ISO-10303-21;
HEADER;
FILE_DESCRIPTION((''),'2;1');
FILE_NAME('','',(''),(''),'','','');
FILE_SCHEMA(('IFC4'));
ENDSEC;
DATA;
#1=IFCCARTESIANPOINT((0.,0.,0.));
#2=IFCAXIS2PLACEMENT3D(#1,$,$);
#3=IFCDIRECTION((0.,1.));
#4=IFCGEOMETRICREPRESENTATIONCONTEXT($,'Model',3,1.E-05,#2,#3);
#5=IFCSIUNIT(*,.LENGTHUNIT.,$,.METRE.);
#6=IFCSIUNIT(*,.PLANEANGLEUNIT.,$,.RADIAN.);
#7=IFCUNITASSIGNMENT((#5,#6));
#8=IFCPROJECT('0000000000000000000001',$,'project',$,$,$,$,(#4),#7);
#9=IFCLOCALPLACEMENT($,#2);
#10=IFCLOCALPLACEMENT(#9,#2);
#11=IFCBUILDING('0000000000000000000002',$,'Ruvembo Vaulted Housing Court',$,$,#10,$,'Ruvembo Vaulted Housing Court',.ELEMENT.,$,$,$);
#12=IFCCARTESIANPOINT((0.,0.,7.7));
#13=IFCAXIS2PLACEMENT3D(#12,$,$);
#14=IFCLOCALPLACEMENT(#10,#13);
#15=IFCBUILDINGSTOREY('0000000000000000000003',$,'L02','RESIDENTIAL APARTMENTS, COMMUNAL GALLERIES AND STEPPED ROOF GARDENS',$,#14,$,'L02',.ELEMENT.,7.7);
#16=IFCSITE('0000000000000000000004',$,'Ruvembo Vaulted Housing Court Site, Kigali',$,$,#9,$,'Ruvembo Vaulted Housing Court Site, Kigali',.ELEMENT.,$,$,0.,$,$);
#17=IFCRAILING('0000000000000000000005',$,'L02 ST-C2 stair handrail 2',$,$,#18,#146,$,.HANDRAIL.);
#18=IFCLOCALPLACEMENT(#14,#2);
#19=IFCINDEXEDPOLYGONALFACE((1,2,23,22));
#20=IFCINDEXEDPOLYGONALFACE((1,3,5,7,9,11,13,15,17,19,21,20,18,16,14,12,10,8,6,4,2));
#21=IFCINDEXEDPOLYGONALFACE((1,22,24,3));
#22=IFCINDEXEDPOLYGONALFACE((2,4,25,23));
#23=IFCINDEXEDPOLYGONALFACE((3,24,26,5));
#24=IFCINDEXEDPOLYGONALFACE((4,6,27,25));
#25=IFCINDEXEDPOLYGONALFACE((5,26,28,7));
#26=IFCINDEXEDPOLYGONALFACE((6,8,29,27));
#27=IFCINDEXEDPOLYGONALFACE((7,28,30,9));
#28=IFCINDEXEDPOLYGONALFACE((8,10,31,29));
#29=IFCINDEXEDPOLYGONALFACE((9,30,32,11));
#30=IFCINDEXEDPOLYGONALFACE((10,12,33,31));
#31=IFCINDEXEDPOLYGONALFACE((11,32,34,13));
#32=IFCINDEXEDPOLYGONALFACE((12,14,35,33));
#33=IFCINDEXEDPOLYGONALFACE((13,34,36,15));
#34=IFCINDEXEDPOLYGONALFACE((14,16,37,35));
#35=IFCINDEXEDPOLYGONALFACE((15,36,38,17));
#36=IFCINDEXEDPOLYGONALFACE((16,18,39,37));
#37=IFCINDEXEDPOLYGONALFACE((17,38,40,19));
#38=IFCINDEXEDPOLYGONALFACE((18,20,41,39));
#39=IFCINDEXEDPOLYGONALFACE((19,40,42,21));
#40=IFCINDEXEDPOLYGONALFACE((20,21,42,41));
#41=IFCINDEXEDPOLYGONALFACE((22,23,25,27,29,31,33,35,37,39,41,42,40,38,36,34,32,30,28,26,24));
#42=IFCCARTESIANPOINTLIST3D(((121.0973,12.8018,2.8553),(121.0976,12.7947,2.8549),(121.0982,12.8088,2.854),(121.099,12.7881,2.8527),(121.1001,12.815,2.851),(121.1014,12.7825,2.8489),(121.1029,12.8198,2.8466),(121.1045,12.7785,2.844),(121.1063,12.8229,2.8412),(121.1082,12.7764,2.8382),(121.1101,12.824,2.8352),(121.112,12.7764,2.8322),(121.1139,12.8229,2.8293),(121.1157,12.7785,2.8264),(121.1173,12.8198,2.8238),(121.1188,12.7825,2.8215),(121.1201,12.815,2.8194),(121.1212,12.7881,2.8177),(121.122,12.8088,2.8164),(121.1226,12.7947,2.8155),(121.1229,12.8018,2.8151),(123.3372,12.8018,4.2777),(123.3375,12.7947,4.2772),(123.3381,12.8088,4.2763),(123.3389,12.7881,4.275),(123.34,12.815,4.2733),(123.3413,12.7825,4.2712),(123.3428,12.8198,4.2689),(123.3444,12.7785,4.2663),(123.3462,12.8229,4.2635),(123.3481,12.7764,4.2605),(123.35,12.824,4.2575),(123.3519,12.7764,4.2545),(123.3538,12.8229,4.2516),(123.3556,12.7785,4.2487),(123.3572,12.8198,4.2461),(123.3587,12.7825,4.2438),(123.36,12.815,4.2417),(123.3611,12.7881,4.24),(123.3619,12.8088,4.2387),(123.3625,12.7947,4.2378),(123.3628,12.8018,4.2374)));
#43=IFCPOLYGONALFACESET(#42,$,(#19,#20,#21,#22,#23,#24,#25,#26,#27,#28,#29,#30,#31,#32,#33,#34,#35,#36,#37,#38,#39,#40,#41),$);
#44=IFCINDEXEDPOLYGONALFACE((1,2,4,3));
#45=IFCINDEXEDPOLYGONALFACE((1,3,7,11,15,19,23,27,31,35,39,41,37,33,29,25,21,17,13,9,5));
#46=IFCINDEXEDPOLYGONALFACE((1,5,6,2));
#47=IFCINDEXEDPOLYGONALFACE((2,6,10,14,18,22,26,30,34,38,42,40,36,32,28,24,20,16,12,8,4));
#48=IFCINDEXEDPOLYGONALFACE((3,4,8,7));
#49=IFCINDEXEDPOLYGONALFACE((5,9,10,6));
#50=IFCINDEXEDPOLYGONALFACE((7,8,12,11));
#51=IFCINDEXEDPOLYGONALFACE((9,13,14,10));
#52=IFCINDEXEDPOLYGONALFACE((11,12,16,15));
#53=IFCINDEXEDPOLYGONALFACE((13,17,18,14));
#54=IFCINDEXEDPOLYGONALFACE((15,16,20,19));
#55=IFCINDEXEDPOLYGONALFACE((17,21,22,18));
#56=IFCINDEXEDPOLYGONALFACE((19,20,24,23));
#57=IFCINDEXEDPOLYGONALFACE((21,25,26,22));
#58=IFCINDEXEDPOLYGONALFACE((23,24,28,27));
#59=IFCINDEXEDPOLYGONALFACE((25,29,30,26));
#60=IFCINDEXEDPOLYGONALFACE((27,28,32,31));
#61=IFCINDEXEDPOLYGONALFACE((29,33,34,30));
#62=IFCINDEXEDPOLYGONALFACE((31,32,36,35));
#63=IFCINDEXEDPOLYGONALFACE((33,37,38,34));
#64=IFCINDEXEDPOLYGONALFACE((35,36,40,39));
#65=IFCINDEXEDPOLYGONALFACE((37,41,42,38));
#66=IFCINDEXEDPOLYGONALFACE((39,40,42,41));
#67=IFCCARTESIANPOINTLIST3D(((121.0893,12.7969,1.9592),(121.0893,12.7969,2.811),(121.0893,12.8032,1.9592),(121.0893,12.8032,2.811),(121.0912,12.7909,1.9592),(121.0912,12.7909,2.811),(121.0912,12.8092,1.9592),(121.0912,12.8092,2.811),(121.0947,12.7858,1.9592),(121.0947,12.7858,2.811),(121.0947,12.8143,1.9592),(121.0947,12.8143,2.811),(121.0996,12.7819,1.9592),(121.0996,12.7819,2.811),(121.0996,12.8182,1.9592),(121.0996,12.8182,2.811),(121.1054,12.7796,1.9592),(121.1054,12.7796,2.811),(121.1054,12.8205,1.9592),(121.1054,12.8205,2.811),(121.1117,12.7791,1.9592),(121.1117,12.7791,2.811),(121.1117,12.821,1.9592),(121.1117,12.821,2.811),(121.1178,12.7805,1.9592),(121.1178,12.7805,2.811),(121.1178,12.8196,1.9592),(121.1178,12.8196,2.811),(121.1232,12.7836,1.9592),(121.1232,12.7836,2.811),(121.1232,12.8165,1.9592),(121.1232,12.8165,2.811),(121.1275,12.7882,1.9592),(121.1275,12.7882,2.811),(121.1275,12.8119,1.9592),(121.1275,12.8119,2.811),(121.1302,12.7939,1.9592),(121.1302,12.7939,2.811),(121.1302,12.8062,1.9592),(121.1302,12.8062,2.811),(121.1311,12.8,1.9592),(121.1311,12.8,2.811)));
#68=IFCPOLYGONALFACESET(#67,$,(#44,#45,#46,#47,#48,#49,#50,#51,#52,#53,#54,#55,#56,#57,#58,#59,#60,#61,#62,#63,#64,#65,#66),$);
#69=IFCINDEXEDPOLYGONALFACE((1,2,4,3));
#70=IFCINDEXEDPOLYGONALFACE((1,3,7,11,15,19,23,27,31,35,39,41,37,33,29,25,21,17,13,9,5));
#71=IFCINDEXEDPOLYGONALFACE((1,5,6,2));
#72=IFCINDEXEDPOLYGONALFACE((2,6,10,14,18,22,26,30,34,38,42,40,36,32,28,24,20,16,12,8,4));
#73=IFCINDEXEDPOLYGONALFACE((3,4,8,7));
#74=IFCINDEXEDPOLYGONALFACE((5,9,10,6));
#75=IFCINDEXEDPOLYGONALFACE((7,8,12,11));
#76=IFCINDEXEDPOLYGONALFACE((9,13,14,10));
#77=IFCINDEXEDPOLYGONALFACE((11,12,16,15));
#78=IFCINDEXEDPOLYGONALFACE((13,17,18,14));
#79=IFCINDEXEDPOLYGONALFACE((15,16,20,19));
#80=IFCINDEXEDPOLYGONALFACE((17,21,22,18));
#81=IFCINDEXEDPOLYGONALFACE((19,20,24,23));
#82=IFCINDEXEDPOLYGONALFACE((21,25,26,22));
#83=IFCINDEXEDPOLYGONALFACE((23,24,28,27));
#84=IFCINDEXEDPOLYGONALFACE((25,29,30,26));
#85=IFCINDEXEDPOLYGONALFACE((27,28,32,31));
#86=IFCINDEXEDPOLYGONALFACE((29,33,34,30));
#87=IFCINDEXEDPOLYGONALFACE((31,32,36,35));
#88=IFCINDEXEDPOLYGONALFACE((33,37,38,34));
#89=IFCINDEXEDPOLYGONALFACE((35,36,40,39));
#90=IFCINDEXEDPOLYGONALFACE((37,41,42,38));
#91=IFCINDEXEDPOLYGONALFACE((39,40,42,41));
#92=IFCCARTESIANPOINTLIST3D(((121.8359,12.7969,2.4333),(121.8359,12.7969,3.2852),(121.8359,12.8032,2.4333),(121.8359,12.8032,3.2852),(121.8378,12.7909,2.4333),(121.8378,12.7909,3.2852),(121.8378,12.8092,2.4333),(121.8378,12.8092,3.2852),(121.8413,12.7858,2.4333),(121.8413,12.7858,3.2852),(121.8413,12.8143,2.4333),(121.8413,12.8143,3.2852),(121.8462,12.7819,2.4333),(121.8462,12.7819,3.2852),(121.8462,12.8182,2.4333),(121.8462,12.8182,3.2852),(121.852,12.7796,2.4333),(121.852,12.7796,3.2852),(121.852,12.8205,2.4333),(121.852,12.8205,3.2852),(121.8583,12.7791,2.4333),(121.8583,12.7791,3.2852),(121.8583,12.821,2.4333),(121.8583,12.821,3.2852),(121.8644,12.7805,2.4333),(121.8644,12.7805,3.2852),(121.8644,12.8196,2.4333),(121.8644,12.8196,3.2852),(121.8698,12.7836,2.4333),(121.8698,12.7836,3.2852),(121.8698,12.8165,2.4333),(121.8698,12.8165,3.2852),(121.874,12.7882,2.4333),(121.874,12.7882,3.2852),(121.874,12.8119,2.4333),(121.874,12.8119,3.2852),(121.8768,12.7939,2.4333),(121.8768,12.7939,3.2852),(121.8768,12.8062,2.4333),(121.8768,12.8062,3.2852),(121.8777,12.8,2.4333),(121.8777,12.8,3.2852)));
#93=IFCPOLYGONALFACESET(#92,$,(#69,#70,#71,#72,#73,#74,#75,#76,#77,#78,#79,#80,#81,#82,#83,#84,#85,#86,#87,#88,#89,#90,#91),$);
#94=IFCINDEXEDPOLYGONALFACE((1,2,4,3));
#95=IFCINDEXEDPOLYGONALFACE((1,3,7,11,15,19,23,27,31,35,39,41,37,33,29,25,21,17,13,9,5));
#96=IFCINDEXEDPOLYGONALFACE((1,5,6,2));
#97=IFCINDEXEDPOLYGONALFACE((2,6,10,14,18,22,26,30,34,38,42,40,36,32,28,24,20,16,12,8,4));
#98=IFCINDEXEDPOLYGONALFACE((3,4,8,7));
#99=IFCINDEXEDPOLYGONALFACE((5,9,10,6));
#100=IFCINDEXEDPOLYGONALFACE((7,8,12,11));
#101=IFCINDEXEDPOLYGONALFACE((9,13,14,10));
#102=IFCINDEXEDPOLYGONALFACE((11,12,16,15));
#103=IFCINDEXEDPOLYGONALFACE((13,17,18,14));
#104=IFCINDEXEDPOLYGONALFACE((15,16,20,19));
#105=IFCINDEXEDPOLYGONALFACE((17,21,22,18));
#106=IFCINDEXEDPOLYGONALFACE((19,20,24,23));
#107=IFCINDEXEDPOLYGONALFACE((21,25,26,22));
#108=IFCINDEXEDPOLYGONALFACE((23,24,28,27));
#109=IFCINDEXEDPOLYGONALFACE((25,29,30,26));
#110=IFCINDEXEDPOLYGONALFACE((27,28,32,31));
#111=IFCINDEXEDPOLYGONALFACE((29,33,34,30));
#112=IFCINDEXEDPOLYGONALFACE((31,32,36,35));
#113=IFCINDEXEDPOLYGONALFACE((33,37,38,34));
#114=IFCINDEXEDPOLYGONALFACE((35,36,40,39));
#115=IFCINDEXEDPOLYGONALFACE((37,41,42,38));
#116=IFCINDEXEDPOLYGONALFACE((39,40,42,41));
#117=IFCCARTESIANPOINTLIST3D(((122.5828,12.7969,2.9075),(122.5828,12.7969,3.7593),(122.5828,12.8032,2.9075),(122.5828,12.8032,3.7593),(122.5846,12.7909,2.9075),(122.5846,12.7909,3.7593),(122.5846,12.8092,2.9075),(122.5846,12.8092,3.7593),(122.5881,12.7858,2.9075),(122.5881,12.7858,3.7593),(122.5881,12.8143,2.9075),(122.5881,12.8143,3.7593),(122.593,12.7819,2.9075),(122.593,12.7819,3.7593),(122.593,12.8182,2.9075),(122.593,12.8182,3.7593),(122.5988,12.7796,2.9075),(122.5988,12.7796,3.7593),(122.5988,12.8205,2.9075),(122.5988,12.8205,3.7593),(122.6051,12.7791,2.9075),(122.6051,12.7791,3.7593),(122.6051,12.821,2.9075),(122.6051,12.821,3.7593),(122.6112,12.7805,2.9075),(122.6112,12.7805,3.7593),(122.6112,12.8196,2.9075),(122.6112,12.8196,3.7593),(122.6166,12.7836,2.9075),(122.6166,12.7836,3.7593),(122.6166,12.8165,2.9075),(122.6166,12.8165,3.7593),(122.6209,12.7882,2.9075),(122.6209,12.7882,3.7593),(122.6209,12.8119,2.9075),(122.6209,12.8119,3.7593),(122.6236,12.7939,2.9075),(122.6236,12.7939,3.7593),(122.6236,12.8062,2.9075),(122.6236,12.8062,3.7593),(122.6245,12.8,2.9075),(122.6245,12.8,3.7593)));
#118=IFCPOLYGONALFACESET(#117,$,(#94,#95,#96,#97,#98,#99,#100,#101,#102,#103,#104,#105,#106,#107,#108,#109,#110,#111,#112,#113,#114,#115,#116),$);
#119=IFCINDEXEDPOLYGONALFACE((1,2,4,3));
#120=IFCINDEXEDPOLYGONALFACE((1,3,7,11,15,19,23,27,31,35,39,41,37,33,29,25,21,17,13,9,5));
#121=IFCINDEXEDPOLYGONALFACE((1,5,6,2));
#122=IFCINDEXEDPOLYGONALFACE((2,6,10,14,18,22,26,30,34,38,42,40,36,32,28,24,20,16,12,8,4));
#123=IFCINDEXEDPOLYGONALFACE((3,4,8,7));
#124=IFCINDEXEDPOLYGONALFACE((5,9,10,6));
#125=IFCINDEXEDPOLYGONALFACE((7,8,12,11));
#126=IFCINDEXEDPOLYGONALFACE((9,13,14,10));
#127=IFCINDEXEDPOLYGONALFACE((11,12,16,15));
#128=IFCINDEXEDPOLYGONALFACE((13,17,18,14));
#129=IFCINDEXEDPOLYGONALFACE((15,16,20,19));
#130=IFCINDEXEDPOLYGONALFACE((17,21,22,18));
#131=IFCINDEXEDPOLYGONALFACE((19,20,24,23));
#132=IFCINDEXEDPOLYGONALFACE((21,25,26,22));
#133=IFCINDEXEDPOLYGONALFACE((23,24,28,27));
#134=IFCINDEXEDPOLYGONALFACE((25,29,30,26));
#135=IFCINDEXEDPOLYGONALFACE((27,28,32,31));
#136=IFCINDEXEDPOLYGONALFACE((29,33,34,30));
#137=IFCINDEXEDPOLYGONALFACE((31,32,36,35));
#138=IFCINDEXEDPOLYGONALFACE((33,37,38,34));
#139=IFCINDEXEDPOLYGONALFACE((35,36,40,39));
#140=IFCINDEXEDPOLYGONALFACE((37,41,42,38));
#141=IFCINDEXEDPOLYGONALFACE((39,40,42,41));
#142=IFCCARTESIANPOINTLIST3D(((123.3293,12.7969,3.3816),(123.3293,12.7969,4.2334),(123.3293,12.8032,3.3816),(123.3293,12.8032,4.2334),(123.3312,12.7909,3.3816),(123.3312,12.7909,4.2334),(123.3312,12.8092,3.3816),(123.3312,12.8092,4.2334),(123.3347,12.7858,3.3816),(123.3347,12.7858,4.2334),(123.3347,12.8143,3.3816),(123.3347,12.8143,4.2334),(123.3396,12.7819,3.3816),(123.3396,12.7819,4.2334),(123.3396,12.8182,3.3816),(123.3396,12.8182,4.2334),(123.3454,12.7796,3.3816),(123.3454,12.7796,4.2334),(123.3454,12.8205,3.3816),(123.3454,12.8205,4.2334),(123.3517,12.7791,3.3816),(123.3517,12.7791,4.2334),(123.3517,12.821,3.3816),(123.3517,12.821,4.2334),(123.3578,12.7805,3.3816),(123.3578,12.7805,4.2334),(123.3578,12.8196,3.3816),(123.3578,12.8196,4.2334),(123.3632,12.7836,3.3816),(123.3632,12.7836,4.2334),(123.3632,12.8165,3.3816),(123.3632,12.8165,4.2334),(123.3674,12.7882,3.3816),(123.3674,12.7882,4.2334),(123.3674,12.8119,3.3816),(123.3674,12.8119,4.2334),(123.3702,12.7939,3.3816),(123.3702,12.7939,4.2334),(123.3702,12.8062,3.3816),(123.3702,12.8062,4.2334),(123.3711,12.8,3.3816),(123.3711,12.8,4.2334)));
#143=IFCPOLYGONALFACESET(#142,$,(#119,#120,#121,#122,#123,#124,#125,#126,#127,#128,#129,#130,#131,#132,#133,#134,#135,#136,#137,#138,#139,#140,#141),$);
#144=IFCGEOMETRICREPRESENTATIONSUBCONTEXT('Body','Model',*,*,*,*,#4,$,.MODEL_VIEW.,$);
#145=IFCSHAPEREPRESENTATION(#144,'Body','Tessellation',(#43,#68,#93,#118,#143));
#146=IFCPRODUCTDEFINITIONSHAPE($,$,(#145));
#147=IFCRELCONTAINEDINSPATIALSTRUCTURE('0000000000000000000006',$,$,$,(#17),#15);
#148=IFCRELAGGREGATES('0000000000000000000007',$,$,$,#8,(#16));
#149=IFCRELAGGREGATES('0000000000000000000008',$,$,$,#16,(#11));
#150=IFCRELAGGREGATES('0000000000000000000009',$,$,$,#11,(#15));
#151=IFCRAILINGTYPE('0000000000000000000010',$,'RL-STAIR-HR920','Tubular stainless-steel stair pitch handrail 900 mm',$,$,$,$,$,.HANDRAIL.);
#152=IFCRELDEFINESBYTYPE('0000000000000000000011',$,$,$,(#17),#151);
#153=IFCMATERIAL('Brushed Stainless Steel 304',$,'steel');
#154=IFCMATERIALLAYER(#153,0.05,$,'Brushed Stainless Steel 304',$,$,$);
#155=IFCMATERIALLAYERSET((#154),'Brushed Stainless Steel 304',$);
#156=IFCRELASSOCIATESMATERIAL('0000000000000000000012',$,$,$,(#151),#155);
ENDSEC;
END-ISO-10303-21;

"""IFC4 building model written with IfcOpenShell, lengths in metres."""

from ifc_helpers import new_model, si_unit, direction, frame, origin, origin_2d, place, context, subcontext, project, spatial, circle, extrude, material, layer, layer_set, type_object, element, save


model = new_model("IFC4")

# Units and contexts
model_context = context("Model", 3, precision=1e-05, world=origin(), true_north=direction((0.0, 1.0)))
body_context = subcontext(model_context, "Body", "Model", "MODEL_VIEW")
ifc_project = project(units=[si_unit("LENGTHUNIT", "METRE"), si_unit("PLANEANGLEUNIT", "RADIAN")], contexts=[model_context])

# Site, building, storey
site_placement = place(None, origin())
site = spatial("IfcSite", under=ifc_project, at=site_placement, Name="Ruvembo Vaulted Housing Court Site, Kigali", LongName="Ruvembo Vaulted Housing Court Site, Kigali", CompositionType="ELEMENT", RefElevation=0.0)
building_placement = place(site_placement, origin())
building = spatial("IfcBuilding", under=site, at=building_placement, Name="Ruvembo Vaulted Housing Court", LongName="Ruvembo Vaulted Housing Court", CompositionType="ELEMENT")
storey_placement = place(building_placement, frame((0.0, 0.0, 7.7)))
storey = spatial("IfcBuildingStorey", under=building, at=storey_placement, Name="L02", Description="RESIDENTIAL APARTMENTS, COMMUNAL GALLERIES AND STEPPED ROOF GARDENS", LongName="L02", CompositionType="ELEMENT", Elevation=7.7)

# Railing
ifc_material_1 = material(Name="Brushed Stainless Steel 304", Category="steel")
ifc_layer_1 = layer(ifc_material_1, 0.05, Name="Brushed Stainless Steel 304")
ifc_layer_set_1 = layer_set([ifc_layer_1], Name="Brushed Stainless Steel 304")
railing_type_1 = type_object("IfcRailingType", Name="RL-STAIR-HR920", Description="Tubular stainless-steel stair pitch handrail 900 mm", PredefinedType="HANDRAIL", material=ifc_layer_set_1)
railing_1_placement = place(storey_placement, frame((121.1101, 12.8, 1.9592)))
element("IfcRailing", 1, at=railing_1_placement, inside=storey, type_object=railing_type_1, Name="L02 ST-C2 stair handrail 2", PredefinedType="HANDRAIL", context=body_context, shape_type="SweptSolid", body=[
    extrude(circle(Radius=0.0239, at=origin_2d()), frame((0.0, 0.0, 0.876), z_axis=(0.844188, 0.0, 0.536048), x_axis=(0.0, 1.0, 0.0)), (0.0, 0.0, 1.0), 2.6533),
    extrude(circle(Radius=0.021, at=origin_2d()), origin(), (0.0, 0.0, 1.0), 0.8518),
    extrude(circle(Radius=0.021, at=origin_2d()), frame((0.7466, 0.0, 0.4741)), (0.0, 0.0, 1.0), 0.8518),
    extrude(circle(Radius=0.021, at=origin_2d()), frame((1.4934, 0.0, 0.9482)), (0.0, 0.0, 1.0), 0.8518),
    extrude(circle(Radius=0.021, at=origin_2d()), frame((2.24, 0.0, 1.4224)), (0.0, 0.0, 1.0), 0.8518),
])

save(model, "model.ifc")
